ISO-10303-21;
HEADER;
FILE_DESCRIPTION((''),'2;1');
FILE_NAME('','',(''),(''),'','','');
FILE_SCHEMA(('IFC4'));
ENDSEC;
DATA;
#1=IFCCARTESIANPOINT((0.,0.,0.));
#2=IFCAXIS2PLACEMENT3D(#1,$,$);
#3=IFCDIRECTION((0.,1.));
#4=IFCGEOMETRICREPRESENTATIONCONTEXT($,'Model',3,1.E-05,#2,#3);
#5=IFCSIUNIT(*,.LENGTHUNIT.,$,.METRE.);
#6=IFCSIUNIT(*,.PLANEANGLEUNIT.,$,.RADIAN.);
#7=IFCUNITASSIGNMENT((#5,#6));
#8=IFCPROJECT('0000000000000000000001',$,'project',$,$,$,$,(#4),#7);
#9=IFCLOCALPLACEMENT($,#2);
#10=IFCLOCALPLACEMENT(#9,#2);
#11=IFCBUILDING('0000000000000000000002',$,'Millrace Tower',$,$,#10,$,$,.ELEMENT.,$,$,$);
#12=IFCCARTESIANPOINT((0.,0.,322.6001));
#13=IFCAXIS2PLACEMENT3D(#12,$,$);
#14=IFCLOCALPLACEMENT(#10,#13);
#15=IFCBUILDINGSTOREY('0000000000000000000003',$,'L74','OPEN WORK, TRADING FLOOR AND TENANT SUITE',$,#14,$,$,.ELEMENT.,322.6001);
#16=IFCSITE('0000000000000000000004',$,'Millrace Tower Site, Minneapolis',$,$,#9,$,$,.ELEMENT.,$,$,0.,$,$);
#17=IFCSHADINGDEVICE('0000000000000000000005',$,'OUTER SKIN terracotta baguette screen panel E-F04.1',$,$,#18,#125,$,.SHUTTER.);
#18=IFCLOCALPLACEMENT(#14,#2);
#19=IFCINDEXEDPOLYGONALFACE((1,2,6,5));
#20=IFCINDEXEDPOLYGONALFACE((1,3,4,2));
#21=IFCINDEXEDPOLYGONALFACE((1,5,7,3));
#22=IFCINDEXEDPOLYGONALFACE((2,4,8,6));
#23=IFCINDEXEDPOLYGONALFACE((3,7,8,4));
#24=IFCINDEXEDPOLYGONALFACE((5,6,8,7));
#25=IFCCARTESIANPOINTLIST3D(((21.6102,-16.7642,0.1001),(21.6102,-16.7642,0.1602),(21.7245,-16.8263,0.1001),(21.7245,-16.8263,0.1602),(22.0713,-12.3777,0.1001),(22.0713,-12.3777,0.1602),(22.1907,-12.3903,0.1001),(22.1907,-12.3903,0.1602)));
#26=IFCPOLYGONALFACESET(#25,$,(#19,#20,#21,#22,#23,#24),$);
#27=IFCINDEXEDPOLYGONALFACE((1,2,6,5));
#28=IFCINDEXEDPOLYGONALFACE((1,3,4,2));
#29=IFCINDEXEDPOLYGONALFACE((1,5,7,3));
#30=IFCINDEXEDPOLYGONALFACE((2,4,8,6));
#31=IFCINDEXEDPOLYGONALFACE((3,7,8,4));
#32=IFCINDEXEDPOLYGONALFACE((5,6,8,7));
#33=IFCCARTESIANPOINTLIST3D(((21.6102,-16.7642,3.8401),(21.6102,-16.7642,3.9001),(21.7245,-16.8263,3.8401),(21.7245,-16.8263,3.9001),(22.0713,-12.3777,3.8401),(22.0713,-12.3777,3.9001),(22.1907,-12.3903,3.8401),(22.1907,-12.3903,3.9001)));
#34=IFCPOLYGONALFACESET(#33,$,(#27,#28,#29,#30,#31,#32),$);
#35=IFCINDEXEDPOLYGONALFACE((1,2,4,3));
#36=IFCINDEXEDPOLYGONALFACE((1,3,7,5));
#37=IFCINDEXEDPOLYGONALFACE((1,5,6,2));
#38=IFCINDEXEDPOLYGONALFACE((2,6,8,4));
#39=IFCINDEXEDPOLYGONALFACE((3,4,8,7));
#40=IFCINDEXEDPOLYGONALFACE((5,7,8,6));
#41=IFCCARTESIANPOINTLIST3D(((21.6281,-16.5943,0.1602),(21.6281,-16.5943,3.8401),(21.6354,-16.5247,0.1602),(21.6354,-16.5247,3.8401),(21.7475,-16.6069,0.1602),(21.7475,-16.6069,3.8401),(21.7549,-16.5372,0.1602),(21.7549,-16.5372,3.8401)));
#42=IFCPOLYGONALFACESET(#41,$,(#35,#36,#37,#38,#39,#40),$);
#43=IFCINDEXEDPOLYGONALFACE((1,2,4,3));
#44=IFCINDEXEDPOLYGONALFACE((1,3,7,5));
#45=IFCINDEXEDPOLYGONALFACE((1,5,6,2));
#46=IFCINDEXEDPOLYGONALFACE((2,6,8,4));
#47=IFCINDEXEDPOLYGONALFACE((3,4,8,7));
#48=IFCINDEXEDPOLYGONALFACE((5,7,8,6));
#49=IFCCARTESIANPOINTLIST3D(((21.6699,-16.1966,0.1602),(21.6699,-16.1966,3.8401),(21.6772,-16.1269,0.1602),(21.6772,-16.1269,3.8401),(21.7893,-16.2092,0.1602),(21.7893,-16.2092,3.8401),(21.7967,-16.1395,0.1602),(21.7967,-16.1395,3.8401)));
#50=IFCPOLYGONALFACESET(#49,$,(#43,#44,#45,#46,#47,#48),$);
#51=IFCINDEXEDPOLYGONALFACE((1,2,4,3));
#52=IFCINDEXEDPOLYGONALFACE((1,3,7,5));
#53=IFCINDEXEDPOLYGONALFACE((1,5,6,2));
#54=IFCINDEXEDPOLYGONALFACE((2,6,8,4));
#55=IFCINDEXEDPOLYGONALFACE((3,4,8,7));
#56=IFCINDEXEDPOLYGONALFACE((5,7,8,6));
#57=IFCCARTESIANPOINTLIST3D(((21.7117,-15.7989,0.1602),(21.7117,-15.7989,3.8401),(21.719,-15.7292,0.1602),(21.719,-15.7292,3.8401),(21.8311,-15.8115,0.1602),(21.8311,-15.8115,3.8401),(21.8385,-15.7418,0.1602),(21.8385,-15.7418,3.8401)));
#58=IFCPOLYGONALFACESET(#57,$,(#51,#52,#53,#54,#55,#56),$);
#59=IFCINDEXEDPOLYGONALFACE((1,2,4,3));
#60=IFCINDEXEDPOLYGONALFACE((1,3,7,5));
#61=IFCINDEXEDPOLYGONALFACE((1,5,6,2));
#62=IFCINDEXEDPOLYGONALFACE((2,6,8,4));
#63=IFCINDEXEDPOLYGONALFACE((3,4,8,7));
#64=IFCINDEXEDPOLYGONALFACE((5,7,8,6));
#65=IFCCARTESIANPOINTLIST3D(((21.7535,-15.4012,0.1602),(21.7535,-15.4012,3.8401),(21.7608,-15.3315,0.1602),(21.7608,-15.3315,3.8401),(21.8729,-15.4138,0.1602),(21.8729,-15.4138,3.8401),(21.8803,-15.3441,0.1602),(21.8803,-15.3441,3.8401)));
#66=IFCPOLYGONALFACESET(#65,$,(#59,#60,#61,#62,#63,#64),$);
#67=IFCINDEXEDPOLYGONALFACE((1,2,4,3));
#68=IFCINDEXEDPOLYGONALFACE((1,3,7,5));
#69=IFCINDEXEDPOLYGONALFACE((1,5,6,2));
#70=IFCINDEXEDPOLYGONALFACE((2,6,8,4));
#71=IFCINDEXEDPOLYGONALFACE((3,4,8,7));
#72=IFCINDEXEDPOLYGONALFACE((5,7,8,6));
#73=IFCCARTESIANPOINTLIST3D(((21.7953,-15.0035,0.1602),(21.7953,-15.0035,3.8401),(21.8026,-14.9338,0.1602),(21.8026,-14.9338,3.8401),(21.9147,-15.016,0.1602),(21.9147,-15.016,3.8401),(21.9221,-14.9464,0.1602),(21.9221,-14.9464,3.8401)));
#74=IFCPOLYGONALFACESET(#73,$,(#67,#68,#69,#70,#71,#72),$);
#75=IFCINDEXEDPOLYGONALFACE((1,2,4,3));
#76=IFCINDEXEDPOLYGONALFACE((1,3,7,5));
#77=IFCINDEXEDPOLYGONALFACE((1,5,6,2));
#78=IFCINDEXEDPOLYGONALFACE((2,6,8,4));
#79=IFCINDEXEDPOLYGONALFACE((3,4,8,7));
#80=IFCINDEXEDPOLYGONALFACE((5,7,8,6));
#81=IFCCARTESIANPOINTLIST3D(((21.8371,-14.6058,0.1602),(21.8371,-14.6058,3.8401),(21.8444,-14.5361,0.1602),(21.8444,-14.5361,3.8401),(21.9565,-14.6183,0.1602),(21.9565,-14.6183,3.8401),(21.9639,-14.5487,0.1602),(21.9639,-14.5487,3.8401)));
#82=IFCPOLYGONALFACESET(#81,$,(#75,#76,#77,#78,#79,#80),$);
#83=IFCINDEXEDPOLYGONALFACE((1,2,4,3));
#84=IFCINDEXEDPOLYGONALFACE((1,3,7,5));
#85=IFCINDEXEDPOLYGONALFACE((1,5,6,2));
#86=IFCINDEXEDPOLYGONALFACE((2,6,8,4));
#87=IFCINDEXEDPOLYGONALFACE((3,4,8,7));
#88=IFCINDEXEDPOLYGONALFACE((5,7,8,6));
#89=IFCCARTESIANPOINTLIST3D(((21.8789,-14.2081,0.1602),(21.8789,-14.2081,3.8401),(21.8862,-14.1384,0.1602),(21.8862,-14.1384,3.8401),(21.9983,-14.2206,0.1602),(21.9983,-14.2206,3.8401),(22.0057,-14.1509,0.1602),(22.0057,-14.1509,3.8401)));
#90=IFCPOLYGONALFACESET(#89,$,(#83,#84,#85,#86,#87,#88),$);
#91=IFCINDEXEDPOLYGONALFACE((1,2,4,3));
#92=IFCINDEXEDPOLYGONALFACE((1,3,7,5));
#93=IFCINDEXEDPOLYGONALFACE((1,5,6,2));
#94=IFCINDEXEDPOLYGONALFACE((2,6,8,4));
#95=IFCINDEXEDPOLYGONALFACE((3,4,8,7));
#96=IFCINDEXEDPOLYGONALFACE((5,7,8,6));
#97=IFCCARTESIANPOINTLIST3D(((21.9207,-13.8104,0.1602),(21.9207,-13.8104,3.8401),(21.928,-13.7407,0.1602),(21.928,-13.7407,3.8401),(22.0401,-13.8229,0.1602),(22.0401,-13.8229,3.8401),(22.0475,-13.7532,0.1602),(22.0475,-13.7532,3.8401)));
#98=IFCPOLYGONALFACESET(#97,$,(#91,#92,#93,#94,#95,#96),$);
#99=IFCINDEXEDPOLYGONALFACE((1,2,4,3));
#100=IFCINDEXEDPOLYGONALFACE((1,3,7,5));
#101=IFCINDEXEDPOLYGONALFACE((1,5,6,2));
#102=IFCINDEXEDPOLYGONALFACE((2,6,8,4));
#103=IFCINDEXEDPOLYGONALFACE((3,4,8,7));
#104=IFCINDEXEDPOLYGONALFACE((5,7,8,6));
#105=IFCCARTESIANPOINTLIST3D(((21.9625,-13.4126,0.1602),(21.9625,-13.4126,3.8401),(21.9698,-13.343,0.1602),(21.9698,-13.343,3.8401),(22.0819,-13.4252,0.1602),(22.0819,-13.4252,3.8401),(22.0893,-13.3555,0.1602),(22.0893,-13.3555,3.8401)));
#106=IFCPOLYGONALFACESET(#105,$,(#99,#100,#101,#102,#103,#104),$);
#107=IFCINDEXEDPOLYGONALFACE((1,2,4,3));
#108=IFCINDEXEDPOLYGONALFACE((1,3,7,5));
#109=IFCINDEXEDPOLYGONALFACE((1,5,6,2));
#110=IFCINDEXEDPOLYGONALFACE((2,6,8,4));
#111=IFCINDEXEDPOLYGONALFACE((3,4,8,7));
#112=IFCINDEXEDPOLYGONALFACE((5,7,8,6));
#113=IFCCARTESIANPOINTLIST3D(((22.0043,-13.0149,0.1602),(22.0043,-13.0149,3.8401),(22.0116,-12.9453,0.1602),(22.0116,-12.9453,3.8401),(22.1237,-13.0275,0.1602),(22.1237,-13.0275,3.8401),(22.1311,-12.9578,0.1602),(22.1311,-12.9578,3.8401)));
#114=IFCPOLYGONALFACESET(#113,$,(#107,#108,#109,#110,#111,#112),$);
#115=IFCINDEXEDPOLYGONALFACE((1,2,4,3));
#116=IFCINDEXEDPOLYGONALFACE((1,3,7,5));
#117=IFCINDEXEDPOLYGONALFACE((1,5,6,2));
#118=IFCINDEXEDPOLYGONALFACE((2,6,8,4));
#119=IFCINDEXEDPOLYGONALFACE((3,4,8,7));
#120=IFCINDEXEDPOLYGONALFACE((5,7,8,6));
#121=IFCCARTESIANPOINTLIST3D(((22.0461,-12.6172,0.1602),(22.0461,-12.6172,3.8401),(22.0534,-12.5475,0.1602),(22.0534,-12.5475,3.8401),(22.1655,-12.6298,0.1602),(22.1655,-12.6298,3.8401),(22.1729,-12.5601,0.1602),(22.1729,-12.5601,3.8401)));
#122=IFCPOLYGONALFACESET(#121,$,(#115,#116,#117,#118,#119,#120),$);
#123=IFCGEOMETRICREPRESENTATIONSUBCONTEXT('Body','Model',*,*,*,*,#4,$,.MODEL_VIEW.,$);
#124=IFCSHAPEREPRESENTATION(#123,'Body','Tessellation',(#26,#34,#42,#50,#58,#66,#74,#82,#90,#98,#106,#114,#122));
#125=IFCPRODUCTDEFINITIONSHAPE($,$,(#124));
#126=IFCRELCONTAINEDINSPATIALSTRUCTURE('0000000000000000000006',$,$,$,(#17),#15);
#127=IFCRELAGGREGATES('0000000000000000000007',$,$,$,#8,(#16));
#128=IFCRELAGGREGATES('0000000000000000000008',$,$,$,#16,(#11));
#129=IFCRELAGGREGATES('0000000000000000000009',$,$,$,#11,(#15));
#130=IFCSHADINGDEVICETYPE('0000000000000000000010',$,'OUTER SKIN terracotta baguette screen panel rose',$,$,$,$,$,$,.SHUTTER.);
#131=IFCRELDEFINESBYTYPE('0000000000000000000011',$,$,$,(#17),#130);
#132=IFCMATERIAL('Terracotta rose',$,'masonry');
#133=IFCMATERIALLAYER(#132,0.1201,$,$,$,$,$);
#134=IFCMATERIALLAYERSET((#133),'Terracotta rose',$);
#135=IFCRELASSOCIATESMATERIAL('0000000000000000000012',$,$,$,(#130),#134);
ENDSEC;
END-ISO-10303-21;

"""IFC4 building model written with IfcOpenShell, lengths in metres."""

from ifc_helpers import new_model, entity, si_unit, direction, frame, frame_2d, origin, place, context, subcontext, project, spatial, rectangle, extrude, source, transform, mapped, material, layer, layer_set, type_object, element, save


model = new_model("IFC4")

# Units and contexts
model_context = context("Model", 3, precision=1e-05, world=origin(), true_north=direction((0.0, 1.0)))
body_context = subcontext(model_context, "Body", "Model", "MODEL_VIEW")
ifc_project = project(units=[si_unit("LENGTHUNIT", "METRE"), si_unit("PLANEANGLEUNIT", "RADIAN")], contexts=[model_context])

# Site, building, storey
site_placement = place(None, origin())
site = spatial("IfcSite", under=ifc_project, at=site_placement, Name="Millrace Tower Site, Minneapolis", CompositionType="ELEMENT", RefElevation=0.0)
building_placement = place(site_placement, origin())
building = spatial("IfcBuilding", under=site, at=building_placement, Name="Millrace Tower", CompositionType="ELEMENT")
storey_placement = place(building_placement, frame((0.0, 0.0, 322.6001)))
storey = spatial("IfcBuildingStorey", under=building, at=storey_placement, Name="L74", Description="OPEN WORK, TRADING FLOOR AND TENANT SUITE", CompositionType="ELEMENT", Elevation=322.6001)

# Shading device
ifc_material_1 = material(Name="Terracotta rose", Category="masonry")
ifc_layer_1 = layer(ifc_material_1, 0.1201)
ifc_layer_set_1 = layer_set([ifc_layer_1], Name="Terracotta rose")
shading_device_type = type_object("IfcShadingDeviceType", Name="OUTER SKIN terracotta baguette screen panel rose", PredefinedType="SHUTTER", material=ifc_layer_set_1)
cartesian_point_1 = entity("IfcCartesianPoint", [-2.1929, 0.0601])
shared_polyline_1 = entity("IfcPolyline", [cartesian_point_1, entity("IfcCartesianPoint", [2.2178, 0.0601]), entity("IfcCartesianPoint", [2.2178, -0.0601]), entity("IfcCartesianPoint", [-2.2427, -0.0601]), cartesian_point_1])
shared_shape_1 = source(origin(), body_context, "Body", "SweptSolid", [
    entity("IfcExtrudedAreaSolid", entity("IfcArbitraryClosedProfileDef", "AREA", None, shared_polyline_1), entity("IfcAxis2Placement3D", entity("IfcCartesianPoint", [0.0, 0.0, 0.0])), entity("IfcDirection", [0.0, 0.0, 1.0]), 0.0601),
    entity("IfcExtrudedAreaSolid", entity("IfcArbitraryClosedProfileDef", "AREA", None, shared_polyline_1), entity("IfcAxis2Placement3D", entity("IfcCartesianPoint", [0.0, 0.0, 3.74])), entity("IfcDirection", [0.0, 0.0, 1.0]), 0.0601),
    extrude(rectangle(XDim=0.0701, YDim=0.1201, at=frame_2d((-1.9871, 0.0))), frame((0.0, 0.0, 0.0601)), (0.0, 0.0, 1.0), 3.6799),
    extrude(rectangle(XDim=0.0701, YDim=0.1201, at=frame_2d((-1.5872, 0.0))), frame((0.0, 0.0, 0.0601)), (0.0, 0.0, 1.0), 3.6799),
    extrude(rectangle(XDim=0.0701, YDim=0.1201, at=frame_2d((-1.1873, 0.0))), frame((0.0, 0.0, 0.0601)), (0.0, 0.0, 1.0), 3.6799),
    extrude(rectangle(XDim=0.0701, YDim=0.1201, at=frame_2d((-0.7874, 0.0))), frame((0.0, 0.0, 0.0601)), (0.0, 0.0, 1.0), 3.6799),
    extrude(rectangle(XDim=0.0701, YDim=0.1201, at=frame_2d((-0.3875, 0.0))), frame((0.0, 0.0, 0.0601)), (0.0, 0.0, 1.0), 3.6799),
    extrude(rectangle(XDim=0.0701, YDim=0.1201, at=frame_2d((0.0125, 0.0))), frame((0.0, 0.0, 0.0601)), (0.0, 0.0, 1.0), 3.6799),
    extrude(rectangle(XDim=0.0701, YDim=0.1201, at=frame_2d((0.4124, 0.0))), frame((0.0, 0.0, 0.0601)), (0.0, 0.0, 1.0), 3.6799),
    extrude(rectangle(XDim=0.0701, YDim=0.1201, at=frame_2d((0.8123, 0.0))), frame((0.0, 0.0, 0.0601)), (0.0, 0.0, 1.0), 3.6799),
    extrude(rectangle(XDim=0.0701, YDim=0.1201, at=frame_2d((1.2122, 0.0))), frame((0.0, 0.0, 0.0601)), (0.0, 0.0, 1.0), 3.6799),
    extrude(rectangle(XDim=0.0701, YDim=0.1201, at=frame_2d((1.6121, 0.0))), frame((0.0, 0.0, 0.0601)), (0.0, 0.0, 1.0), 3.6799),
    extrude(rectangle(XDim=0.0701, YDim=0.1201, at=frame_2d((2.012, 0.0))), frame((0.0, 0.0, 0.0601)), (0.0, 0.0, 1.0), 3.6799),
])
shading_device_1_placement = place(storey_placement, frame((21.8992, -14.5896, 0.1001), z_axis=(0.0, 0.0, 1.0), x_axis=(0.104528, 0.994522, 0.0)))
element("IfcShadingDevice", 1, at=shading_device_1_placement, inside=storey, type_object=shading_device_type, Name="OUTER SKIN terracotta baguette screen panel E-F04.1", PredefinedType="SHUTTER", context=body_context, shape_type="MappedRepresentation", body=[
    mapped(shared_shape_1, transform((0.0, 0.0, 0.0), scale=1.0)),
])

save(model, "model.ifc")
